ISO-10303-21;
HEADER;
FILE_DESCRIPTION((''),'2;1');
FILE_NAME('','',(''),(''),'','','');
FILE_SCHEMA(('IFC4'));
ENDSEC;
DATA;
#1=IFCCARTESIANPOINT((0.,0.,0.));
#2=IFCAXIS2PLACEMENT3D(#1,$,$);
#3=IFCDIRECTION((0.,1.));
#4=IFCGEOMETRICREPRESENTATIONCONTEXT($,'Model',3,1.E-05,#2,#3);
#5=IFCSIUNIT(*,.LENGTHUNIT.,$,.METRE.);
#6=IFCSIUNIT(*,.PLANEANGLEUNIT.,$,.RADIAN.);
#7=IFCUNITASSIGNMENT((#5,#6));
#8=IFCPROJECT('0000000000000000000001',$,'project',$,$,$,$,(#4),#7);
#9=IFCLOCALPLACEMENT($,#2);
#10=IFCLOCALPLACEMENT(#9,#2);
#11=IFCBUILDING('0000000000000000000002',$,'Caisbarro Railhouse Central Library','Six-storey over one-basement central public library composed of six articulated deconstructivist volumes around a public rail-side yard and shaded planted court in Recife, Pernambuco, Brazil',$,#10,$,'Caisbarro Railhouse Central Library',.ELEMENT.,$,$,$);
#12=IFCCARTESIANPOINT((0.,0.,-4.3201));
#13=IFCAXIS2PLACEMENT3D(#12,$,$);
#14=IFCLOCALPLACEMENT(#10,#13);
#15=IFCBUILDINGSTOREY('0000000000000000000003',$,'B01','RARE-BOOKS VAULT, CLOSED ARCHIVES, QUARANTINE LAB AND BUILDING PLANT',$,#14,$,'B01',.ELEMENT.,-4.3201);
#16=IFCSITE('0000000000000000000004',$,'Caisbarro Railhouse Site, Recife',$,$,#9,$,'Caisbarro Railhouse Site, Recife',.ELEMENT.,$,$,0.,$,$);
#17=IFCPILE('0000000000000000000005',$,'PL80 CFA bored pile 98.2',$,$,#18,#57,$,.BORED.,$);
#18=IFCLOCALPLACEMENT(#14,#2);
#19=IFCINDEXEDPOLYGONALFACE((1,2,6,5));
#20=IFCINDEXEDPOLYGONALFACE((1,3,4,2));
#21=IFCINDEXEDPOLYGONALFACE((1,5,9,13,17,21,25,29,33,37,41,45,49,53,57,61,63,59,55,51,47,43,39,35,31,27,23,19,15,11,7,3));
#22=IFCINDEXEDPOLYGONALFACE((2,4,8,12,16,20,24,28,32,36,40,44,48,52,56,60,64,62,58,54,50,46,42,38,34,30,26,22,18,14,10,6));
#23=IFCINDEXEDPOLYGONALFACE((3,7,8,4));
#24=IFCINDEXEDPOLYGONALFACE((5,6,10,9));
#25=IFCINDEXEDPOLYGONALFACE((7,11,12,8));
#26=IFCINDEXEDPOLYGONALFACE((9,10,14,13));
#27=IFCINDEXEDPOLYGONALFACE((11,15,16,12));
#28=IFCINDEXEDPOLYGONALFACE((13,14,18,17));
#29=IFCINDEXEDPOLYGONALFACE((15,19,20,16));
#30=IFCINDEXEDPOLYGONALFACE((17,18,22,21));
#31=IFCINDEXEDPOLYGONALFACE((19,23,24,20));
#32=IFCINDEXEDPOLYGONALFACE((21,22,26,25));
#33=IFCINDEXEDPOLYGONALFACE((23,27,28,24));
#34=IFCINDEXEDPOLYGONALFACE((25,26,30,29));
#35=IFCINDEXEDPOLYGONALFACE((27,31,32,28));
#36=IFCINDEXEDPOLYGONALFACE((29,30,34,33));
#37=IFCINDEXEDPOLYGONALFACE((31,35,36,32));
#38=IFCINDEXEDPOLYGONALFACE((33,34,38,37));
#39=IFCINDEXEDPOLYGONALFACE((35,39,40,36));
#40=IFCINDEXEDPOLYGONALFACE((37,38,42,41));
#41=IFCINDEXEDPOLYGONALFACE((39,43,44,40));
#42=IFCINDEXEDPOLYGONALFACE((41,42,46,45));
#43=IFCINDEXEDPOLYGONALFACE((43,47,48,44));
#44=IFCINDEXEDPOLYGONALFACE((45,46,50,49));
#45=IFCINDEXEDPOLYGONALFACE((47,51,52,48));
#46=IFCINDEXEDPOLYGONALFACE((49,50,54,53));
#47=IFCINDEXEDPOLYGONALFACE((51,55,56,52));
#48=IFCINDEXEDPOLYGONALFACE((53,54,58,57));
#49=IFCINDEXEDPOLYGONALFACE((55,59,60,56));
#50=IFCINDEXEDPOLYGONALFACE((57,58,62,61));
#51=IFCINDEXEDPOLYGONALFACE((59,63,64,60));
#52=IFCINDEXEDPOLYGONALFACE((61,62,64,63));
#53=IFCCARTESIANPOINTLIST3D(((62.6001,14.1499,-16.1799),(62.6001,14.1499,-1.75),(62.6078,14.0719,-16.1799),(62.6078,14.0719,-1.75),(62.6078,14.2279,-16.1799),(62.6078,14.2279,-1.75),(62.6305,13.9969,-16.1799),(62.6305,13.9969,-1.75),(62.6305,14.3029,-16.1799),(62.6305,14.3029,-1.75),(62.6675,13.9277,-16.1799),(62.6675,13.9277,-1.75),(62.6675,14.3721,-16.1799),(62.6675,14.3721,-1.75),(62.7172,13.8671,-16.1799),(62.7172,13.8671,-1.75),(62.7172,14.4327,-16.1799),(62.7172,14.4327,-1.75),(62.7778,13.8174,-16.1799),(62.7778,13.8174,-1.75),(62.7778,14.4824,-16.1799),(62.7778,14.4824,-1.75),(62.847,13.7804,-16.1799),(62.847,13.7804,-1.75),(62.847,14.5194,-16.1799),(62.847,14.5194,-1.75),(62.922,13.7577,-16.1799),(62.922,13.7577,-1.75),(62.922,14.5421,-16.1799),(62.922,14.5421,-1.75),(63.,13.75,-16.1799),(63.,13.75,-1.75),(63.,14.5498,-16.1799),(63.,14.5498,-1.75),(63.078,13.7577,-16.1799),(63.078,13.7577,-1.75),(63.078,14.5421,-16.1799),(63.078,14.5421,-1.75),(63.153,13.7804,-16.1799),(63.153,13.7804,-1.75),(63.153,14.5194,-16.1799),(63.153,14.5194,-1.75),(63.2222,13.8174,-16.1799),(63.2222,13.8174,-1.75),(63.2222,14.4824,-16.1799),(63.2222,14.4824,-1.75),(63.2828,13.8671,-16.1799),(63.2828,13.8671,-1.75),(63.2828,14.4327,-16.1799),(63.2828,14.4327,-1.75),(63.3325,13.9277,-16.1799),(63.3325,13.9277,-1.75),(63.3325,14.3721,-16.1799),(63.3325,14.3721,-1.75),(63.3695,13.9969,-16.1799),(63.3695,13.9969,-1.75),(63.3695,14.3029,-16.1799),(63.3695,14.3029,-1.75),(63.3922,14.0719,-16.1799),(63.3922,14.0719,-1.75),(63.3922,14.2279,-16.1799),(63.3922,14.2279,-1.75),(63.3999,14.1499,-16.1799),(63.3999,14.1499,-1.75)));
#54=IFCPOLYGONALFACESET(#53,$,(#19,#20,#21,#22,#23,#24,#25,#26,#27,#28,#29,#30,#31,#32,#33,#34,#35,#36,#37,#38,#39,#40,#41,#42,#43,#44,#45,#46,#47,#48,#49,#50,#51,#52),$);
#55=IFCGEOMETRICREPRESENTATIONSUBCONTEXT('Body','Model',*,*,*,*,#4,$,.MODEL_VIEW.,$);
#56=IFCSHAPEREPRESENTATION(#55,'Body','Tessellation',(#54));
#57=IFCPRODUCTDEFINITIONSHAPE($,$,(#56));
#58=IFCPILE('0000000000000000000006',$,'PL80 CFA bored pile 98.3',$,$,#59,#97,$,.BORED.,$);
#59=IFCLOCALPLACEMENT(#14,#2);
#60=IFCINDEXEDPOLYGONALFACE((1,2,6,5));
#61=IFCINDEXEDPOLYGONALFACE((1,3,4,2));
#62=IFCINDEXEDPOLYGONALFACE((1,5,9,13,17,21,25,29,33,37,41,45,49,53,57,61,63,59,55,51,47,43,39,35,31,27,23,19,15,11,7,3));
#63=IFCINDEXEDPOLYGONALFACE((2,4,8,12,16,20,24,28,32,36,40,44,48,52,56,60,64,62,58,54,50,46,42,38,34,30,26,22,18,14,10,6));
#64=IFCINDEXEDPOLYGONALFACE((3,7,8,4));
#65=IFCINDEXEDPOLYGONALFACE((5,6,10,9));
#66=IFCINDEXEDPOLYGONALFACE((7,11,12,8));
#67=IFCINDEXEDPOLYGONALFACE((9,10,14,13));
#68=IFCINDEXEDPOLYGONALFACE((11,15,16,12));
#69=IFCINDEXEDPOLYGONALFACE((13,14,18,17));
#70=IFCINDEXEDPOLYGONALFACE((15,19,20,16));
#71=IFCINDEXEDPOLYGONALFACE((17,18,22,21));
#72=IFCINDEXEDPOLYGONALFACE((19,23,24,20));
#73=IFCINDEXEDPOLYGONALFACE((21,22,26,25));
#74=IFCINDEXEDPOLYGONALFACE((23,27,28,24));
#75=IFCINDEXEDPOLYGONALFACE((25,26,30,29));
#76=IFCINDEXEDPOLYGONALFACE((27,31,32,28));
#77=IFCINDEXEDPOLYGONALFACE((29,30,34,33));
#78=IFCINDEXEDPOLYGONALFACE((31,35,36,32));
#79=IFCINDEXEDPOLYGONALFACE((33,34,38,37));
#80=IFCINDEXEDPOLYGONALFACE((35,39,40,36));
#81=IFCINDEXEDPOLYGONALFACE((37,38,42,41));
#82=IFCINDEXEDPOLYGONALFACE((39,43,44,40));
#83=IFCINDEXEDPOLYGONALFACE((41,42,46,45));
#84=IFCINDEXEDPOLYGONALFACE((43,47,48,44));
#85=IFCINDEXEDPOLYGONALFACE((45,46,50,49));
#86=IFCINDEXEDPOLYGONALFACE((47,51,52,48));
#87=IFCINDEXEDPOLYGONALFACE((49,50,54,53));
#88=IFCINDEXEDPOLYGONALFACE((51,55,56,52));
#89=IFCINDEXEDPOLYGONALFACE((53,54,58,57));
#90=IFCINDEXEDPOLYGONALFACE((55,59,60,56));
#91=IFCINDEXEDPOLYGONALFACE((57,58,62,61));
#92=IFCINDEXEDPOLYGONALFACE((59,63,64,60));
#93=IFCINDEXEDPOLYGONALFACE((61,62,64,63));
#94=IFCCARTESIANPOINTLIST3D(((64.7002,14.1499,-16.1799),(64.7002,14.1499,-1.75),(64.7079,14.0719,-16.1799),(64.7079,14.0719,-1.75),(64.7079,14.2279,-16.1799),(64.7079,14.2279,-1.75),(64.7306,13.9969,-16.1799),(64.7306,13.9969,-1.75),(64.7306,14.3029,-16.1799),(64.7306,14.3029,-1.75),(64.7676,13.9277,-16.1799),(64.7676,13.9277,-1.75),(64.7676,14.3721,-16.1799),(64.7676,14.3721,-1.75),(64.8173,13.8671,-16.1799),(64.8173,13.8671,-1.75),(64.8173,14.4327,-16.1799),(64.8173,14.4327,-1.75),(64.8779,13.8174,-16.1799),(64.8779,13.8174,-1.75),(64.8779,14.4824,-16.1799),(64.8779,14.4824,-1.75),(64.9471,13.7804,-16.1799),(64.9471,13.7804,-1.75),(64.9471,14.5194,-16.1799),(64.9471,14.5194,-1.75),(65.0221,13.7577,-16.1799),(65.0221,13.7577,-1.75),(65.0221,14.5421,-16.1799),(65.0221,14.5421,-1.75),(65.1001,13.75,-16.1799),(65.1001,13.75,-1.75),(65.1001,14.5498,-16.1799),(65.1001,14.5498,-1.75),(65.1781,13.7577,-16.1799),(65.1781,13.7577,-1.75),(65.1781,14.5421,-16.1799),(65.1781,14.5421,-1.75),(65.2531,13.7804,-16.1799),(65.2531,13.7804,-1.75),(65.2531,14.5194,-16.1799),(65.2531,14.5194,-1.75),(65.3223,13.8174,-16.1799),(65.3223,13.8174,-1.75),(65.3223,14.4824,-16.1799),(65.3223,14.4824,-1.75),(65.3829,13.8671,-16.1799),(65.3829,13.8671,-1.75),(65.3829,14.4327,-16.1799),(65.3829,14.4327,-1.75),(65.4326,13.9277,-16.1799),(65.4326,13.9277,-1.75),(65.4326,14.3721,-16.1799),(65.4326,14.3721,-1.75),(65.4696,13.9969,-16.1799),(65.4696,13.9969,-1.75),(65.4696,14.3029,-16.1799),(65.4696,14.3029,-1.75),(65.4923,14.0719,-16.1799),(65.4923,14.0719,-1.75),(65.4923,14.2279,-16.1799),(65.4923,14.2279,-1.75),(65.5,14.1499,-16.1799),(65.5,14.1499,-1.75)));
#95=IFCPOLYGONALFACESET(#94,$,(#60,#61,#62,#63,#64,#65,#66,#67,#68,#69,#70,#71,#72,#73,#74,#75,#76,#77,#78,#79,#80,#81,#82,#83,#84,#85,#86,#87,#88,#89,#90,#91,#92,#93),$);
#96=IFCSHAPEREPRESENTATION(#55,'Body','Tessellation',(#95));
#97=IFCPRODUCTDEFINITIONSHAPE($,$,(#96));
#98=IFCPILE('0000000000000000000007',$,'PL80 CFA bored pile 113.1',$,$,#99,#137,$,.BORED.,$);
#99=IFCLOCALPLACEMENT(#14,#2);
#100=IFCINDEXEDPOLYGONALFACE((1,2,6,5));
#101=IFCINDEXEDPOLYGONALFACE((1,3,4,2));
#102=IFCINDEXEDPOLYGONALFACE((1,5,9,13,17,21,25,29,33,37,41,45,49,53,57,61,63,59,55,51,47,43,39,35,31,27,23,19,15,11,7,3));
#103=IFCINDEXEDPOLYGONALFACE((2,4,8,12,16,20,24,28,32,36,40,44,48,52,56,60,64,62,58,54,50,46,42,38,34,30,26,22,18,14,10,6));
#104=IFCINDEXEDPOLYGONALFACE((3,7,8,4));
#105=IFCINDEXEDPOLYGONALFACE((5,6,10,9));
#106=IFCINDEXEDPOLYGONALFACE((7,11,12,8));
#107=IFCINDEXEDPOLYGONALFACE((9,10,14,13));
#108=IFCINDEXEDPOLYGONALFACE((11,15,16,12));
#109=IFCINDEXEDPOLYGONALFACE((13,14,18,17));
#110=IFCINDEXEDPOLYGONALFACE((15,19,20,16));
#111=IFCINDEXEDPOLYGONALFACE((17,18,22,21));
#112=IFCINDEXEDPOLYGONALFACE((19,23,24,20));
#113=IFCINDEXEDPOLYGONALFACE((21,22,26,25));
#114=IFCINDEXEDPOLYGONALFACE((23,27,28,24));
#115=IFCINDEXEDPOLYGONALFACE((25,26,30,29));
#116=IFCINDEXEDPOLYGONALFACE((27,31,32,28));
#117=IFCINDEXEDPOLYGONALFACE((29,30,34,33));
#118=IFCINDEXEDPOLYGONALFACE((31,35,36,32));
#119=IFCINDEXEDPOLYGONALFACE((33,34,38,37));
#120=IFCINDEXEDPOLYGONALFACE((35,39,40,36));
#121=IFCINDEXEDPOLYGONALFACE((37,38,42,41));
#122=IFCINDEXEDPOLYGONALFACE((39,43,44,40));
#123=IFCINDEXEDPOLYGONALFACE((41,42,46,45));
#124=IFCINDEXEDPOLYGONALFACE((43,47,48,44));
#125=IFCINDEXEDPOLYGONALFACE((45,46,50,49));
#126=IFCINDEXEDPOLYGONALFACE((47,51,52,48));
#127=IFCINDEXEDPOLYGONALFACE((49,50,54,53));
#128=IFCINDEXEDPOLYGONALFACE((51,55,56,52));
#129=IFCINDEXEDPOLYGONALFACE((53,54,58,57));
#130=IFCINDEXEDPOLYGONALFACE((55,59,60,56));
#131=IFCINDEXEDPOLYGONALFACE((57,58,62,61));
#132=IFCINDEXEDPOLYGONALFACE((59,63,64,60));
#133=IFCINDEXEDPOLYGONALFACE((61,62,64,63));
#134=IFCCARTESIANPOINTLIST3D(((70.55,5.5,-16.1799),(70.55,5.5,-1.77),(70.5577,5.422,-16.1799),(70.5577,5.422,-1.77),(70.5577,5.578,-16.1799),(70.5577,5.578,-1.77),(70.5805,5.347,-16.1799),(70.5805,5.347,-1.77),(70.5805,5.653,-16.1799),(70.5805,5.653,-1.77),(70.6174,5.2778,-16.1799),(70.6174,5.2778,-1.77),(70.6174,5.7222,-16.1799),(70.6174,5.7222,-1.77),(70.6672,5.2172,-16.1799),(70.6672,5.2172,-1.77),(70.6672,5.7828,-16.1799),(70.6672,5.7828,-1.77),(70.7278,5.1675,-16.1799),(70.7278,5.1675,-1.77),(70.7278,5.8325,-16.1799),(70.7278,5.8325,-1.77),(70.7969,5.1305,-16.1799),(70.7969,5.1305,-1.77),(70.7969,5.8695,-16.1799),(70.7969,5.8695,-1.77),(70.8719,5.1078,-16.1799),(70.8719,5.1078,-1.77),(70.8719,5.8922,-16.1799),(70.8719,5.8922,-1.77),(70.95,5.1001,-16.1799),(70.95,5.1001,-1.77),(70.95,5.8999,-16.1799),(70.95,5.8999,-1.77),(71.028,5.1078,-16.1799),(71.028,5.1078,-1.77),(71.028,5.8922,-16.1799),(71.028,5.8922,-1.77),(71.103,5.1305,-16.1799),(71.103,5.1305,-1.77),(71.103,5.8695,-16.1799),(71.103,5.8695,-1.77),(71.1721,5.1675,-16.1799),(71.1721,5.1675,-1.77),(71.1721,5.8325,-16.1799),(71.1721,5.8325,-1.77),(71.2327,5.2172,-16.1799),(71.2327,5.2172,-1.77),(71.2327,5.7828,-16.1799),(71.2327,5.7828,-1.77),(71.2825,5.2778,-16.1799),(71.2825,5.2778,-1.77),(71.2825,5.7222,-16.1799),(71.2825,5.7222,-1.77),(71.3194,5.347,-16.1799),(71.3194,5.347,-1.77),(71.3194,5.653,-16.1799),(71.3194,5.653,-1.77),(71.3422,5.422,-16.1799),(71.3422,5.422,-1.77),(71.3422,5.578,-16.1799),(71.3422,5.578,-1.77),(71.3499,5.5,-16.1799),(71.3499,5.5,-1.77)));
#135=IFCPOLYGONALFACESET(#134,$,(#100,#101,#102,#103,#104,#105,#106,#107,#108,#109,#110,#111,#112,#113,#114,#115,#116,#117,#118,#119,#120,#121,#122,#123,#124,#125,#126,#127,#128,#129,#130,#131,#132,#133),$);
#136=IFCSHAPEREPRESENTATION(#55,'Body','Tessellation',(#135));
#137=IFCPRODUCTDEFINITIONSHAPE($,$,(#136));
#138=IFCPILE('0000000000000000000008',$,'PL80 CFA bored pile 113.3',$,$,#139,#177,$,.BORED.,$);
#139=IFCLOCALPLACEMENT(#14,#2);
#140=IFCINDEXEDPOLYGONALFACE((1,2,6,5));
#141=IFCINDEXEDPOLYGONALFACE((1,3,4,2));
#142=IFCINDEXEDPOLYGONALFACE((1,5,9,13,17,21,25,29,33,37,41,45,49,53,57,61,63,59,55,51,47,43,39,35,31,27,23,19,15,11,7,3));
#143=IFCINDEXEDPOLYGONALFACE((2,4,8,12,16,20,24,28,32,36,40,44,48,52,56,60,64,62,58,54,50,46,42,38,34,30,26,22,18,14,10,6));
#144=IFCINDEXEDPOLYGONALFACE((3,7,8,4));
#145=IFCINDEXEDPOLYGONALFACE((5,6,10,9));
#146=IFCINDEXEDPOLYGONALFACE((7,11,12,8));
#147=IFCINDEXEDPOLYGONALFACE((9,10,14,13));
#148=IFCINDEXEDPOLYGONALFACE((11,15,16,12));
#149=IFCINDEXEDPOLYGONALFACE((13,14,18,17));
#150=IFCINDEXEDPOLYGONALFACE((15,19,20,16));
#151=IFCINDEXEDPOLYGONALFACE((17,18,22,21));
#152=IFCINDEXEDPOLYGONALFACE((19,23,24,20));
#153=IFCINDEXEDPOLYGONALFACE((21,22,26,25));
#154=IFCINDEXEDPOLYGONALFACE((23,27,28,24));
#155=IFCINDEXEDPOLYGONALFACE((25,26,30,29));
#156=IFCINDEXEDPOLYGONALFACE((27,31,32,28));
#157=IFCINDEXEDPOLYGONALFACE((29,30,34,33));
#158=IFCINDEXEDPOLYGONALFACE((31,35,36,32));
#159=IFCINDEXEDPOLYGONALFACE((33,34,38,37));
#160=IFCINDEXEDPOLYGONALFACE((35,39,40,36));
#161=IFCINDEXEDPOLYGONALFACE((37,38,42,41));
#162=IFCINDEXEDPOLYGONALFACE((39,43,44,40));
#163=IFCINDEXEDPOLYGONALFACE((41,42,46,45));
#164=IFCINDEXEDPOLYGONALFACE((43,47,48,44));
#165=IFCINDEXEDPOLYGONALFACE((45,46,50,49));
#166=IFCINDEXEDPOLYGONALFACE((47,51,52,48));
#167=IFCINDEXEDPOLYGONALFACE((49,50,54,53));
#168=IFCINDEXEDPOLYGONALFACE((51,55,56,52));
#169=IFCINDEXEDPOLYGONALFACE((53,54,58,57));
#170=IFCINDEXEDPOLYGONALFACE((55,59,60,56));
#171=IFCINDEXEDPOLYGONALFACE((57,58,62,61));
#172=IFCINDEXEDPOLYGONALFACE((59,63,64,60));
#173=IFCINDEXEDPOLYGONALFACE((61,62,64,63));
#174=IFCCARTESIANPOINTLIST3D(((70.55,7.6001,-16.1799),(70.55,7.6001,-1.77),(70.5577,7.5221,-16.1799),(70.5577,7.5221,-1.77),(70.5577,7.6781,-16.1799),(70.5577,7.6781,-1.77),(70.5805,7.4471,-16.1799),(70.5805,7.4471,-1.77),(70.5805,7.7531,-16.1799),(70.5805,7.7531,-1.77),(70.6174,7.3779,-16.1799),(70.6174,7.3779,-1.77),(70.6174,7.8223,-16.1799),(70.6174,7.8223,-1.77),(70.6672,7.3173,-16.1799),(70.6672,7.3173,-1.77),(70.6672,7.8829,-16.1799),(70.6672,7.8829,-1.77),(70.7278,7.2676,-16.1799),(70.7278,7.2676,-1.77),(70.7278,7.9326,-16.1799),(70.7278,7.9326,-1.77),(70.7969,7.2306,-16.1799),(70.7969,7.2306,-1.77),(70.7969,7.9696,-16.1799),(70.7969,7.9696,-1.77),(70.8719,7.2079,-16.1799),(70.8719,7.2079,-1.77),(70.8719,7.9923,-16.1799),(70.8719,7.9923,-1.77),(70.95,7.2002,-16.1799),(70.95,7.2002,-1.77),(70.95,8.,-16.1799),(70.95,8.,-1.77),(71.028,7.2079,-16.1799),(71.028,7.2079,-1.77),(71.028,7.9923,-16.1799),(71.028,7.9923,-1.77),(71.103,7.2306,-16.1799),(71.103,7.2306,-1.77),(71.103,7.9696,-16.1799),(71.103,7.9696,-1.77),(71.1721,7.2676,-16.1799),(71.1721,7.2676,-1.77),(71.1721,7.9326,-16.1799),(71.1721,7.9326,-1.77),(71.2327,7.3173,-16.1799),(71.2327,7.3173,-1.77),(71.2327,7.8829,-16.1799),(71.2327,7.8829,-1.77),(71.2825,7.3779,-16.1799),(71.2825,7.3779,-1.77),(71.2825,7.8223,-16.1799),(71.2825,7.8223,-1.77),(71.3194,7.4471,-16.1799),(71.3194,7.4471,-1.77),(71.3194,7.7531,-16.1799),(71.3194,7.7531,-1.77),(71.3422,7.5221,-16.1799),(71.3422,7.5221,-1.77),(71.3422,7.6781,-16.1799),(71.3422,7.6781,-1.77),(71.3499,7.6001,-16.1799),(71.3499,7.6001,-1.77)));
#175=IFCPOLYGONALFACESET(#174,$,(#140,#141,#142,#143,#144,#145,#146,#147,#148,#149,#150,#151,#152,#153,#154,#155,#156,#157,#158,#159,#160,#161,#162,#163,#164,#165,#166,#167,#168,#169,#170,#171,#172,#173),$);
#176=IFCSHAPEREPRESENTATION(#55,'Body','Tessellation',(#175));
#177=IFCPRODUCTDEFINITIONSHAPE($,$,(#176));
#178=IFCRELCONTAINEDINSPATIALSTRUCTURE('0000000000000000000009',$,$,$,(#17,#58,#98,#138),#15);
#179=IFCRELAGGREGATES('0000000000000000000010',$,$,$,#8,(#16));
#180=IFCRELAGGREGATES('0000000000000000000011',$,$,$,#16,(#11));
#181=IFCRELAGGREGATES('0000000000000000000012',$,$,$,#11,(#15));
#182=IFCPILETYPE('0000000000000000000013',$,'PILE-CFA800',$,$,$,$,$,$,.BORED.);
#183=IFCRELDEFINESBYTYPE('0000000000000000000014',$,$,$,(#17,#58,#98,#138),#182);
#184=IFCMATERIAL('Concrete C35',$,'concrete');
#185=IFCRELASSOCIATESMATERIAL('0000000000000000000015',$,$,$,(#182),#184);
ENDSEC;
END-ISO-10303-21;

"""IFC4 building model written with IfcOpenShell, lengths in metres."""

from ifc_helpers import new_model, si_unit, direction, frame, origin, origin_2d, place, context, subcontext, project, spatial, circle, extrude, material, material_profile, profile_set, type_object, element, save


model = new_model("IFC4")

# Units and contexts
model_context = context("Model", 3, precision=1e-05, world=origin(), true_north=direction((0.0, 1.0)))
body_context = subcontext(model_context, "Body", "Model", "MODEL_VIEW")
ifc_project = project(units=[si_unit("LENGTHUNIT", "METRE"), si_unit("PLANEANGLEUNIT", "RADIAN")], contexts=[model_context])

# Site, building, storey
site_placement = place(None, origin())
site = spatial("IfcSite", under=ifc_project, at=site_placement, Name="Caisbarro Railhouse Site, Recife", LongName="Caisbarro Railhouse Site, Recife", CompositionType="ELEMENT", RefElevation=0.0)
building_placement = place(site_placement, origin())
building = spatial("IfcBuilding", under=site, at=building_placement, Name="Caisbarro Railhouse Central Library", Description="Six-storey over one-basement central public library composed of six articulated deconstructivist volumes around a public rail-side yard and shaded planted court in Recife, Pernambuco, Brazil", LongName="Caisbarro Railhouse Central Library", CompositionType="ELEMENT")
storey_placement = place(building_placement, frame((0.0, 0.0, -4.3201)))
storey = spatial("IfcBuildingStorey", under=building, at=storey_placement, Name="B01", Description="RARE-BOOKS VAULT, CLOSED ARCHIVES, QUARANTINE LAB AND BUILDING PLANT", LongName="B01", CompositionType="ELEMENT", Elevation=-4.3201)

# Piles
ifc_material_1 = material(Name="Concrete C35", Category="concrete")
ifc_material_profile_1 = material_profile(ifc_material_1, circle(Radius=0.3999, at=origin_2d()), Name="PILE-CFA-800")
ifc_profile_set_1 = profile_set([ifc_material_profile_1], Name="Concrete C35")
pile_type = type_object("IfcPileType", Name="PILE-CFA800", PredefinedType="BORED", material=ifc_profile_set_1)
for number, where, z_axis, x_axis, name in (
    (1, (63.0, 14.1499, -1.75), (0.0, 0.0, -1.0), (1.0, 0.0, 0.0), "PL80 CFA bored pile 98.2"),
    (2, (65.1001, 14.1499, -1.75), (0.0, 0.0, -1.0), (1.0, 0.0, 0.0), "PL80 CFA bored pile 98.3"),
):
    element("IfcPile", number, at=place(storey_placement, frame(where, z_axis=z_axis, x_axis=x_axis)), inside=storey, type_object=pile_type, Name=name, PredefinedType="BORED", context=body_context, shape_type="SweptSolid", body=[
        extrude(circle(Radius=0.3999, at=origin_2d()), origin(), (0.0, 0.0, 1.0), 14.4299),
    ])
for number, where, z_axis, x_axis, name in (
    (3, (70.95, 5.5, -1.77), (0.0, 0.0, -1.0), (1.0, 0.0, 0.0), "PL80 CFA bored pile 113.1"),
    (4, (70.95, 7.6001, -1.77), (0.0, 0.0, -1.0), (1.0, 0.0, 0.0), "PL80 CFA bored pile 113.3"),
):
    element("IfcPile", number, at=place(storey_placement, frame(where, z_axis=z_axis, x_axis=x_axis)), inside=storey, type_object=pile_type, Name=name, PredefinedType="BORED", context=body_context, shape_type="SweptSolid", body=[
        extrude(circle(Radius=0.3999, at=origin_2d()), origin(), (0.0, 0.0, 1.0), 14.4099),
    ])

save(model, "model.ifc")
